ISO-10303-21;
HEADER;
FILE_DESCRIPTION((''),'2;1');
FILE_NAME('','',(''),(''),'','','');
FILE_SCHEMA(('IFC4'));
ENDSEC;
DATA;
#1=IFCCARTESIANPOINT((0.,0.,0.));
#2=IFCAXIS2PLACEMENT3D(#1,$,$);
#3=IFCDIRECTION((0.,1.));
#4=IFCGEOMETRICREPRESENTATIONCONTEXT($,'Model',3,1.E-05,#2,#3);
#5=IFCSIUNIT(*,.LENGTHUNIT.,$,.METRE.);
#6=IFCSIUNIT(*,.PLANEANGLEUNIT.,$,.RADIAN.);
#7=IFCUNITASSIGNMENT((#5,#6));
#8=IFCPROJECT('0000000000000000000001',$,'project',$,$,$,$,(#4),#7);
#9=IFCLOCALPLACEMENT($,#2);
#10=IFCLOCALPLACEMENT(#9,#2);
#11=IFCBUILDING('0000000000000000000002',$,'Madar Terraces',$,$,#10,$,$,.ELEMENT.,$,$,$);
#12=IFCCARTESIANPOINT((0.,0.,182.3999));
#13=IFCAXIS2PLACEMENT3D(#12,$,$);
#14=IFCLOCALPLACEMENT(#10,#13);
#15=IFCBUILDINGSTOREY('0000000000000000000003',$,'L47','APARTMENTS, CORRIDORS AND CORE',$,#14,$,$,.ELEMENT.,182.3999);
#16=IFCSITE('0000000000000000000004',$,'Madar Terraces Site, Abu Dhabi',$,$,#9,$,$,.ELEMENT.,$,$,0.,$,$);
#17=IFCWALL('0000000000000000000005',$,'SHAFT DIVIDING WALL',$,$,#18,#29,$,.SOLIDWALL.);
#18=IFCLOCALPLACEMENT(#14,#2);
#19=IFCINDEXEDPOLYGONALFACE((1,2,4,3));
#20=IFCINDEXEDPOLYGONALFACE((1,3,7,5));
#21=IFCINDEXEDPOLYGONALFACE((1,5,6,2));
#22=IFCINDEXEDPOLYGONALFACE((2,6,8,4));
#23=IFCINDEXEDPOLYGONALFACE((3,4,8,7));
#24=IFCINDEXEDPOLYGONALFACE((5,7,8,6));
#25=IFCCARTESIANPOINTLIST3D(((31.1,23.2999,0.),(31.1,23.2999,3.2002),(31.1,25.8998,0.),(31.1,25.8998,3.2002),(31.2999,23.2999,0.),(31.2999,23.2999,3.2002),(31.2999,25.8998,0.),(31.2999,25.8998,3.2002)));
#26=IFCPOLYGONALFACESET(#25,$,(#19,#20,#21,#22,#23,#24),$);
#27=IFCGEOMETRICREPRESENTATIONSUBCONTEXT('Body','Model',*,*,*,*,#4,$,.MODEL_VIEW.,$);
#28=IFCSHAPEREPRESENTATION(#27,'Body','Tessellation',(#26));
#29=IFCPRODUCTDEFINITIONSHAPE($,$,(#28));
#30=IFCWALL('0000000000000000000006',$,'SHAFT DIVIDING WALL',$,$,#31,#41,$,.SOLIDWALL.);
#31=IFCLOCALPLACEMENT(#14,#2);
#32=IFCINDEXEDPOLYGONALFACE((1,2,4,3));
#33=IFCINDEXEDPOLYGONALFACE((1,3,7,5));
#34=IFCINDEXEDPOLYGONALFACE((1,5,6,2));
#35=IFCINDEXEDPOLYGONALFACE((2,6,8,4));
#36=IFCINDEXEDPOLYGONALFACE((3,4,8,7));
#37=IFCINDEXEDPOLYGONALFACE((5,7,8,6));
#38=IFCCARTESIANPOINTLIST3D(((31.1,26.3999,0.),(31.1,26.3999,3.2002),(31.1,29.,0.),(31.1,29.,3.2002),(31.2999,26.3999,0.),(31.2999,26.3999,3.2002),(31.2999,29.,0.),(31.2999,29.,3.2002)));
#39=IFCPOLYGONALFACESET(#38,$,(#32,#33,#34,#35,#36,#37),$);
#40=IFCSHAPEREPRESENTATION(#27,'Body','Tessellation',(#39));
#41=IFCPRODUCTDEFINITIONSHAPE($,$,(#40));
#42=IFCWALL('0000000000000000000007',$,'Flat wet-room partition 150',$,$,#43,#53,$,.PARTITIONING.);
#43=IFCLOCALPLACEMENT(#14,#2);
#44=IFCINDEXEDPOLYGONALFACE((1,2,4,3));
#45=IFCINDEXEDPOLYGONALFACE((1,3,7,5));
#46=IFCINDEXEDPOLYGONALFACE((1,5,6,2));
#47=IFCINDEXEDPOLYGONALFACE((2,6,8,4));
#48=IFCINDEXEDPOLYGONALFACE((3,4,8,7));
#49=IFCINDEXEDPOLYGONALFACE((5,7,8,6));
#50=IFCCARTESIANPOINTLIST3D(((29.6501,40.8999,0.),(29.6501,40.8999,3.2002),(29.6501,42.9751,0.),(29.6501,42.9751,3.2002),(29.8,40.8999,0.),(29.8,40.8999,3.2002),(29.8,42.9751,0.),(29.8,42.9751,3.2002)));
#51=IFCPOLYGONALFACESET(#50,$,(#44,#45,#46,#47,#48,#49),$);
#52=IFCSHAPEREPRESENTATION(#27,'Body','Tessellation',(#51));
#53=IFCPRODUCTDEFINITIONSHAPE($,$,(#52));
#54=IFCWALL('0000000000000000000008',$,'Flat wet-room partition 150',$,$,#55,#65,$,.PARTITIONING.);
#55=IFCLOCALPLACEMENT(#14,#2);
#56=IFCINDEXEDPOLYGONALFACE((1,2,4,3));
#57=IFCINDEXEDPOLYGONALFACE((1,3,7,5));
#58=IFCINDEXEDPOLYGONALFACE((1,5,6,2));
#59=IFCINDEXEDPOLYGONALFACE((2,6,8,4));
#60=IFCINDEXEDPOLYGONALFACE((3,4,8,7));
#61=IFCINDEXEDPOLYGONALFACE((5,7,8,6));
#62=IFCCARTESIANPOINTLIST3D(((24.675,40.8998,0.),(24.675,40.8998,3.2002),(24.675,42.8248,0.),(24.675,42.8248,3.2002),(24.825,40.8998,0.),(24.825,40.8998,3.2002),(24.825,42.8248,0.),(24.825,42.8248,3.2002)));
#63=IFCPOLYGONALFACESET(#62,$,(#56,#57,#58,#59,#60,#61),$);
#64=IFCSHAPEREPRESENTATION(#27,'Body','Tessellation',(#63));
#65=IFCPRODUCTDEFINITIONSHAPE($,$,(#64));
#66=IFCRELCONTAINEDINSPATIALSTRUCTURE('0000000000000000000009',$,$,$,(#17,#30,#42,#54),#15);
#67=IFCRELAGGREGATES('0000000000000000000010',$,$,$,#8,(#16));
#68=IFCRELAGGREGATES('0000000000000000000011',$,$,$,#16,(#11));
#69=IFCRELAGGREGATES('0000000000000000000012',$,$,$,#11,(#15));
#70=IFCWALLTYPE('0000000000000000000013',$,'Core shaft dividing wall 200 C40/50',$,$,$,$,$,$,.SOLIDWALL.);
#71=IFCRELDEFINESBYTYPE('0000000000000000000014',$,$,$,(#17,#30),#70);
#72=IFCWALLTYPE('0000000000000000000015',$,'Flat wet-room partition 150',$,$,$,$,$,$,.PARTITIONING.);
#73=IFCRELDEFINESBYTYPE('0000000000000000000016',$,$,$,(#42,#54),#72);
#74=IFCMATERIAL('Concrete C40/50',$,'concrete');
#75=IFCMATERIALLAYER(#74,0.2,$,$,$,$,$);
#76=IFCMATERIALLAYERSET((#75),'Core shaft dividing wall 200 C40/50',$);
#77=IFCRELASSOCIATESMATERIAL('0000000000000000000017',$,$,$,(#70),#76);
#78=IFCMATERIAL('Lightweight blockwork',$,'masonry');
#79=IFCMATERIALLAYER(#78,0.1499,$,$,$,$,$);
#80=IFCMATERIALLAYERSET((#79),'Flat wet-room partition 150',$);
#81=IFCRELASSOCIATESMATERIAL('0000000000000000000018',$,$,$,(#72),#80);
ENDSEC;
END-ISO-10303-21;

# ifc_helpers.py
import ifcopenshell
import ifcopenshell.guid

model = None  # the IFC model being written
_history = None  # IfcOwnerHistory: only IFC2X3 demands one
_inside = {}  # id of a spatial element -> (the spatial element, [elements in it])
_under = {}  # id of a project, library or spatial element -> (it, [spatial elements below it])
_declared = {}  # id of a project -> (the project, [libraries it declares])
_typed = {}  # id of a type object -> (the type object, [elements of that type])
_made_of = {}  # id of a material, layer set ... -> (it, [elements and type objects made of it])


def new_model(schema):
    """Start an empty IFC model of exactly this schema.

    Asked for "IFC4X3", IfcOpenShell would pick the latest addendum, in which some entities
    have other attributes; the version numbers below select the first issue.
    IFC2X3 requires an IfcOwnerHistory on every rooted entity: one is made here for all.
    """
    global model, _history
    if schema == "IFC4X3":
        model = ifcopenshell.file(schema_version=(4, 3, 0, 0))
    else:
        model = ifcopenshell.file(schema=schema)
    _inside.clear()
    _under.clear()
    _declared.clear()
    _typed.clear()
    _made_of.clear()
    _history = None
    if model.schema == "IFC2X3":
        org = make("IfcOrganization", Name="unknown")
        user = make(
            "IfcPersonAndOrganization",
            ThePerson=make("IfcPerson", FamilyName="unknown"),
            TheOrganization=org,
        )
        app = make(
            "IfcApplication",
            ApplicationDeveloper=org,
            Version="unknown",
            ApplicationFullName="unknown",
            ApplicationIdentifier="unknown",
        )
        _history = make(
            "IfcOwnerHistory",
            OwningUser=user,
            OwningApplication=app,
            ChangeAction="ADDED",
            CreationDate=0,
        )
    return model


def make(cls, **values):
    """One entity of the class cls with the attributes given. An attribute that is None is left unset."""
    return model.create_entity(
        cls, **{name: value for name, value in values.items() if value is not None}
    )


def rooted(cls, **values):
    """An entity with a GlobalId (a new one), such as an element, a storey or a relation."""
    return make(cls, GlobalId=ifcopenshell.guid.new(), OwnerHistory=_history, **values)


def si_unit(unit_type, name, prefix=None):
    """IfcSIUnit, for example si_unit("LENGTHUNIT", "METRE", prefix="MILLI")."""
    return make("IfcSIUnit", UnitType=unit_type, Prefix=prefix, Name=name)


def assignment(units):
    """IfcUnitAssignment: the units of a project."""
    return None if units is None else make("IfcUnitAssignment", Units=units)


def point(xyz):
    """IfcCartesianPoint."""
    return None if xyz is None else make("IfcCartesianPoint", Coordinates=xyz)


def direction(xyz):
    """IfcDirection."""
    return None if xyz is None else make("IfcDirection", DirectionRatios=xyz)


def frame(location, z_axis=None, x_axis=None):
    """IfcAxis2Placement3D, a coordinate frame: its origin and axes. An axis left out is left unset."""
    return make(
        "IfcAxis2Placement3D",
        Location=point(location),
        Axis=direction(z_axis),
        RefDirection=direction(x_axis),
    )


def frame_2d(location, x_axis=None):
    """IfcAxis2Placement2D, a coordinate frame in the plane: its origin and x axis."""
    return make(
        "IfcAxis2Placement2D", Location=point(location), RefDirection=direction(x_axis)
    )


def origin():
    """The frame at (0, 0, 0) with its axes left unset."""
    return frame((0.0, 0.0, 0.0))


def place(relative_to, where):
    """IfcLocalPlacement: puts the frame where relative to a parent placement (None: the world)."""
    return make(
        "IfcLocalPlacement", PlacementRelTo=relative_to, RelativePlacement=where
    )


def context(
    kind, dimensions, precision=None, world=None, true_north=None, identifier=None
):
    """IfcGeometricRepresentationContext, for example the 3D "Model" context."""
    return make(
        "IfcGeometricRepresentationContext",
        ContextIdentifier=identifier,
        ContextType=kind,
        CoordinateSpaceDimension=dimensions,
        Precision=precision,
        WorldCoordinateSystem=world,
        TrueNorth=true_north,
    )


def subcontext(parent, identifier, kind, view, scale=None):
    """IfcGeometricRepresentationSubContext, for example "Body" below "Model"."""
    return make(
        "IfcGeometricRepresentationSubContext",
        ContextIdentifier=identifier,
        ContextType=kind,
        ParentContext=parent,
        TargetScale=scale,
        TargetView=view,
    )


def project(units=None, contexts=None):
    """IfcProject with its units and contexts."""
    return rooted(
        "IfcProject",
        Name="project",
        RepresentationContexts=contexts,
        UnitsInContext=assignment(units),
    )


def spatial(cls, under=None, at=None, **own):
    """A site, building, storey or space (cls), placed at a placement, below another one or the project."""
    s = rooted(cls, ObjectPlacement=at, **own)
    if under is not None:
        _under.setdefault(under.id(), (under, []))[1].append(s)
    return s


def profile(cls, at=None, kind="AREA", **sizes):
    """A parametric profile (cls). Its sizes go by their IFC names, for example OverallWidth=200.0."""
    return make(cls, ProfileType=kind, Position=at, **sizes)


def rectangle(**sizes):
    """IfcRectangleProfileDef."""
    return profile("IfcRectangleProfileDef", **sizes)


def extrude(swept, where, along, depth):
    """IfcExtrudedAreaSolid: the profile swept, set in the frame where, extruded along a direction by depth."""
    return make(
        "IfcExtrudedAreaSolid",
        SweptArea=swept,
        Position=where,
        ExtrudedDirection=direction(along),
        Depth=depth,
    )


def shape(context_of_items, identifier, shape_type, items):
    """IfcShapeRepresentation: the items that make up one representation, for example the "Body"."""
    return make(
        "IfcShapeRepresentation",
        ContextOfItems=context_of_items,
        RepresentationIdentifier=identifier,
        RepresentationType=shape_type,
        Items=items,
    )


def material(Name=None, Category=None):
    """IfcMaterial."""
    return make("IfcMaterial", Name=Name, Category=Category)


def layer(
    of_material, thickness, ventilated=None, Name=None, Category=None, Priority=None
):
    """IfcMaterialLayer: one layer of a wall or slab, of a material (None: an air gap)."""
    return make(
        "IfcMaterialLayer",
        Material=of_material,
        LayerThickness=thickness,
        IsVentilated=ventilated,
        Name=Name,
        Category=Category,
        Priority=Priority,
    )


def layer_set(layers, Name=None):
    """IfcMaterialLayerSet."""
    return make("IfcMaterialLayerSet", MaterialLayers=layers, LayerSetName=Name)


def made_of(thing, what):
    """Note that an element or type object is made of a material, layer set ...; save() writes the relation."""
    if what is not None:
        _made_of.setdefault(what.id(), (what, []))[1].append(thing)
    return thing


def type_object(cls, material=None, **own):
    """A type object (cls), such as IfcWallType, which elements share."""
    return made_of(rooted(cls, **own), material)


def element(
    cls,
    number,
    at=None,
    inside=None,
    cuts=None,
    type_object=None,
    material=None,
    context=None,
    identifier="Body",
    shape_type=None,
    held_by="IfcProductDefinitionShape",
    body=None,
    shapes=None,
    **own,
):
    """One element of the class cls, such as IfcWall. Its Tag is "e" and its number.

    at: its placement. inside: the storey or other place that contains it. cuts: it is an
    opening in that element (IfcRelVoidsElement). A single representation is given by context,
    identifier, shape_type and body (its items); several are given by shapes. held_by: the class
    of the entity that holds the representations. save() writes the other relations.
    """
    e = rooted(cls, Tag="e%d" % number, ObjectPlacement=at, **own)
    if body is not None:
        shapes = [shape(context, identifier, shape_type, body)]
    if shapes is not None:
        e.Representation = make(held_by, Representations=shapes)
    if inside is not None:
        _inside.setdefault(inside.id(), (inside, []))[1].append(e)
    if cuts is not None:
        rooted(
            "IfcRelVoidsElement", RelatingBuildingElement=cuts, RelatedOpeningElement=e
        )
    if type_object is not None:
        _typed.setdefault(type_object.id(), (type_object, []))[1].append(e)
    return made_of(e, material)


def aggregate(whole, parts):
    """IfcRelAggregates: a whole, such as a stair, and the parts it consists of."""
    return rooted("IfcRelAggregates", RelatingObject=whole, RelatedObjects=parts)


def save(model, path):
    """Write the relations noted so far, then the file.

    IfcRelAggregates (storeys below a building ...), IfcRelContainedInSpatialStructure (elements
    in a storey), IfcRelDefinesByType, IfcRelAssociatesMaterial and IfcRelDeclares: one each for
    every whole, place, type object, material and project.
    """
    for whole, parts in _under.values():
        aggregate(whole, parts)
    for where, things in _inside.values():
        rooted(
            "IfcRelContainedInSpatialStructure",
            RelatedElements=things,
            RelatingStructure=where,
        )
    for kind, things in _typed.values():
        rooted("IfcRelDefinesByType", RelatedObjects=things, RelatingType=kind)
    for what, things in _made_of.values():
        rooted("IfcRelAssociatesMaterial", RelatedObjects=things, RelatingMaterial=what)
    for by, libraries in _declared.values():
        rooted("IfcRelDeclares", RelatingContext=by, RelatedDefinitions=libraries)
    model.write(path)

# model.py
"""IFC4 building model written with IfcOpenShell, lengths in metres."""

from ifc_helpers import new_model, si_unit, direction, frame, frame_2d, origin, place, context, subcontext, project, spatial, rectangle, extrude, material, layer, layer_set, type_object, element, save


model = new_model("IFC4")

# Units and contexts
model_context = context("Model", 3, precision=1e-05, world=origin(), true_north=direction((0.0, 1.0)))
body_context = subcontext(model_context, "Body", "Model", "MODEL_VIEW")
ifc_project = project(units=[si_unit("LENGTHUNIT", "METRE"), si_unit("PLANEANGLEUNIT", "RADIAN")], contexts=[model_context])

# Site, building, storey
site_placement = place(None, origin())
site = spatial("IfcSite", under=ifc_project, at=site_placement, Name="Madar Terraces Site, Abu Dhabi", CompositionType="ELEMENT", RefElevation=0.0)
building_placement = place(site_placement, origin())
building = spatial("IfcBuilding", under=site, at=building_placement, Name="Madar Terraces", CompositionType="ELEMENT")
storey_placement = place(building_placement, frame((0.0, 0.0, 182.3999)))
storey = spatial("IfcBuildingStorey", under=building, at=storey_placement, Name="L47", Description="APARTMENTS, CORRIDORS AND CORE", CompositionType="ELEMENT", Elevation=182.3999)

# Walls
ifc_material_1 = material(Name="Concrete C40/50", Category="concrete")
ifc_layer_1 = layer(ifc_material_1, 0.2)
ifc_layer_set_1 = layer_set([ifc_layer_1], Name="Core shaft dividing wall 200 C40/50")
wall_type_1 = type_object("IfcWallType", Name="Core shaft dividing wall 200 C40/50", PredefinedType="SOLIDWALL", material=ifc_layer_set_1)
wall_1_placement = place(storey_placement, frame((31.2, 23.3, 0.0), z_axis=(0.0, 0.0, 1.0), x_axis=(0.0, 1.0, 0.0)))
element("IfcWall", 1, at=wall_1_placement, inside=storey, type_object=wall_type_1, Name="SHAFT DIVIDING WALL", PredefinedType="SOLIDWALL", context=body_context, shape_type="SweptSolid", body=[
    extrude(rectangle(XDim=2.5999, YDim=0.2, at=frame_2d((1.2998, 0.0))), origin(), (0.0, 0.0, 1.0), 3.2002),
])
wall_2_placement = place(storey_placement, frame((31.2, 26.3999, 0.0), z_axis=(0.0, 0.0, 1.0), x_axis=(0.0, 1.0, 0.0)))
element("IfcWall", 2, at=wall_2_placement, inside=storey, type_object=wall_type_1, Name="SHAFT DIVIDING WALL", PredefinedType="SOLIDWALL", context=body_context, shape_type="SweptSolid", body=[
    extrude(rectangle(XDim=2.6001, YDim=0.2, at=frame_2d((1.3, 0.0))), origin(), (0.0, 0.0, 1.0), 3.2002),
])
ifc_material_2 = material(Name="Lightweight blockwork", Category="masonry")
ifc_layer_2 = layer(ifc_material_2, 0.1499)
ifc_layer_set_2 = layer_set([ifc_layer_2], Name="Flat wet-room partition 150")
wall_type_2 = type_object("IfcWallType", Name="Flat wet-room partition 150", PredefinedType="PARTITIONING", material=ifc_layer_set_2)
wall_3_placement = place(storey_placement, frame((29.7251, 40.8999, 0.0), z_axis=(0.0, 0.0, 1.0), x_axis=(0.0, 1.0, 0.0)))
element("IfcWall", 3, at=wall_3_placement, inside=storey, type_object=wall_type_2, Name="Flat wet-room partition 150", PredefinedType="PARTITIONING", context=body_context, shape_type="SweptSolid", body=[
    extrude(rectangle(XDim=2.0752, YDim=0.1499, at=frame_2d((1.0376, 0.0))), origin(), (0.0, 0.0, 1.0), 3.2002),
])
wall_4_placement = place(storey_placement, frame((24.75, 40.8999, 0.0), z_axis=(0.0, 0.0, 1.0), x_axis=(0.0, 1.0, 0.0)))
element("IfcWall", 4, at=wall_4_placement, inside=storey, type_object=wall_type_2, Name="Flat wet-room partition 150", PredefinedType="PARTITIONING", context=body_context, shape_type="SweptSolid", body=[
    extrude(rectangle(XDim=1.925, YDim=0.1499, at=frame_2d((0.9624, 0.0))), origin(), (0.0, 0.0, 1.0), 3.2002),
])

save(model, "model.ifc")
